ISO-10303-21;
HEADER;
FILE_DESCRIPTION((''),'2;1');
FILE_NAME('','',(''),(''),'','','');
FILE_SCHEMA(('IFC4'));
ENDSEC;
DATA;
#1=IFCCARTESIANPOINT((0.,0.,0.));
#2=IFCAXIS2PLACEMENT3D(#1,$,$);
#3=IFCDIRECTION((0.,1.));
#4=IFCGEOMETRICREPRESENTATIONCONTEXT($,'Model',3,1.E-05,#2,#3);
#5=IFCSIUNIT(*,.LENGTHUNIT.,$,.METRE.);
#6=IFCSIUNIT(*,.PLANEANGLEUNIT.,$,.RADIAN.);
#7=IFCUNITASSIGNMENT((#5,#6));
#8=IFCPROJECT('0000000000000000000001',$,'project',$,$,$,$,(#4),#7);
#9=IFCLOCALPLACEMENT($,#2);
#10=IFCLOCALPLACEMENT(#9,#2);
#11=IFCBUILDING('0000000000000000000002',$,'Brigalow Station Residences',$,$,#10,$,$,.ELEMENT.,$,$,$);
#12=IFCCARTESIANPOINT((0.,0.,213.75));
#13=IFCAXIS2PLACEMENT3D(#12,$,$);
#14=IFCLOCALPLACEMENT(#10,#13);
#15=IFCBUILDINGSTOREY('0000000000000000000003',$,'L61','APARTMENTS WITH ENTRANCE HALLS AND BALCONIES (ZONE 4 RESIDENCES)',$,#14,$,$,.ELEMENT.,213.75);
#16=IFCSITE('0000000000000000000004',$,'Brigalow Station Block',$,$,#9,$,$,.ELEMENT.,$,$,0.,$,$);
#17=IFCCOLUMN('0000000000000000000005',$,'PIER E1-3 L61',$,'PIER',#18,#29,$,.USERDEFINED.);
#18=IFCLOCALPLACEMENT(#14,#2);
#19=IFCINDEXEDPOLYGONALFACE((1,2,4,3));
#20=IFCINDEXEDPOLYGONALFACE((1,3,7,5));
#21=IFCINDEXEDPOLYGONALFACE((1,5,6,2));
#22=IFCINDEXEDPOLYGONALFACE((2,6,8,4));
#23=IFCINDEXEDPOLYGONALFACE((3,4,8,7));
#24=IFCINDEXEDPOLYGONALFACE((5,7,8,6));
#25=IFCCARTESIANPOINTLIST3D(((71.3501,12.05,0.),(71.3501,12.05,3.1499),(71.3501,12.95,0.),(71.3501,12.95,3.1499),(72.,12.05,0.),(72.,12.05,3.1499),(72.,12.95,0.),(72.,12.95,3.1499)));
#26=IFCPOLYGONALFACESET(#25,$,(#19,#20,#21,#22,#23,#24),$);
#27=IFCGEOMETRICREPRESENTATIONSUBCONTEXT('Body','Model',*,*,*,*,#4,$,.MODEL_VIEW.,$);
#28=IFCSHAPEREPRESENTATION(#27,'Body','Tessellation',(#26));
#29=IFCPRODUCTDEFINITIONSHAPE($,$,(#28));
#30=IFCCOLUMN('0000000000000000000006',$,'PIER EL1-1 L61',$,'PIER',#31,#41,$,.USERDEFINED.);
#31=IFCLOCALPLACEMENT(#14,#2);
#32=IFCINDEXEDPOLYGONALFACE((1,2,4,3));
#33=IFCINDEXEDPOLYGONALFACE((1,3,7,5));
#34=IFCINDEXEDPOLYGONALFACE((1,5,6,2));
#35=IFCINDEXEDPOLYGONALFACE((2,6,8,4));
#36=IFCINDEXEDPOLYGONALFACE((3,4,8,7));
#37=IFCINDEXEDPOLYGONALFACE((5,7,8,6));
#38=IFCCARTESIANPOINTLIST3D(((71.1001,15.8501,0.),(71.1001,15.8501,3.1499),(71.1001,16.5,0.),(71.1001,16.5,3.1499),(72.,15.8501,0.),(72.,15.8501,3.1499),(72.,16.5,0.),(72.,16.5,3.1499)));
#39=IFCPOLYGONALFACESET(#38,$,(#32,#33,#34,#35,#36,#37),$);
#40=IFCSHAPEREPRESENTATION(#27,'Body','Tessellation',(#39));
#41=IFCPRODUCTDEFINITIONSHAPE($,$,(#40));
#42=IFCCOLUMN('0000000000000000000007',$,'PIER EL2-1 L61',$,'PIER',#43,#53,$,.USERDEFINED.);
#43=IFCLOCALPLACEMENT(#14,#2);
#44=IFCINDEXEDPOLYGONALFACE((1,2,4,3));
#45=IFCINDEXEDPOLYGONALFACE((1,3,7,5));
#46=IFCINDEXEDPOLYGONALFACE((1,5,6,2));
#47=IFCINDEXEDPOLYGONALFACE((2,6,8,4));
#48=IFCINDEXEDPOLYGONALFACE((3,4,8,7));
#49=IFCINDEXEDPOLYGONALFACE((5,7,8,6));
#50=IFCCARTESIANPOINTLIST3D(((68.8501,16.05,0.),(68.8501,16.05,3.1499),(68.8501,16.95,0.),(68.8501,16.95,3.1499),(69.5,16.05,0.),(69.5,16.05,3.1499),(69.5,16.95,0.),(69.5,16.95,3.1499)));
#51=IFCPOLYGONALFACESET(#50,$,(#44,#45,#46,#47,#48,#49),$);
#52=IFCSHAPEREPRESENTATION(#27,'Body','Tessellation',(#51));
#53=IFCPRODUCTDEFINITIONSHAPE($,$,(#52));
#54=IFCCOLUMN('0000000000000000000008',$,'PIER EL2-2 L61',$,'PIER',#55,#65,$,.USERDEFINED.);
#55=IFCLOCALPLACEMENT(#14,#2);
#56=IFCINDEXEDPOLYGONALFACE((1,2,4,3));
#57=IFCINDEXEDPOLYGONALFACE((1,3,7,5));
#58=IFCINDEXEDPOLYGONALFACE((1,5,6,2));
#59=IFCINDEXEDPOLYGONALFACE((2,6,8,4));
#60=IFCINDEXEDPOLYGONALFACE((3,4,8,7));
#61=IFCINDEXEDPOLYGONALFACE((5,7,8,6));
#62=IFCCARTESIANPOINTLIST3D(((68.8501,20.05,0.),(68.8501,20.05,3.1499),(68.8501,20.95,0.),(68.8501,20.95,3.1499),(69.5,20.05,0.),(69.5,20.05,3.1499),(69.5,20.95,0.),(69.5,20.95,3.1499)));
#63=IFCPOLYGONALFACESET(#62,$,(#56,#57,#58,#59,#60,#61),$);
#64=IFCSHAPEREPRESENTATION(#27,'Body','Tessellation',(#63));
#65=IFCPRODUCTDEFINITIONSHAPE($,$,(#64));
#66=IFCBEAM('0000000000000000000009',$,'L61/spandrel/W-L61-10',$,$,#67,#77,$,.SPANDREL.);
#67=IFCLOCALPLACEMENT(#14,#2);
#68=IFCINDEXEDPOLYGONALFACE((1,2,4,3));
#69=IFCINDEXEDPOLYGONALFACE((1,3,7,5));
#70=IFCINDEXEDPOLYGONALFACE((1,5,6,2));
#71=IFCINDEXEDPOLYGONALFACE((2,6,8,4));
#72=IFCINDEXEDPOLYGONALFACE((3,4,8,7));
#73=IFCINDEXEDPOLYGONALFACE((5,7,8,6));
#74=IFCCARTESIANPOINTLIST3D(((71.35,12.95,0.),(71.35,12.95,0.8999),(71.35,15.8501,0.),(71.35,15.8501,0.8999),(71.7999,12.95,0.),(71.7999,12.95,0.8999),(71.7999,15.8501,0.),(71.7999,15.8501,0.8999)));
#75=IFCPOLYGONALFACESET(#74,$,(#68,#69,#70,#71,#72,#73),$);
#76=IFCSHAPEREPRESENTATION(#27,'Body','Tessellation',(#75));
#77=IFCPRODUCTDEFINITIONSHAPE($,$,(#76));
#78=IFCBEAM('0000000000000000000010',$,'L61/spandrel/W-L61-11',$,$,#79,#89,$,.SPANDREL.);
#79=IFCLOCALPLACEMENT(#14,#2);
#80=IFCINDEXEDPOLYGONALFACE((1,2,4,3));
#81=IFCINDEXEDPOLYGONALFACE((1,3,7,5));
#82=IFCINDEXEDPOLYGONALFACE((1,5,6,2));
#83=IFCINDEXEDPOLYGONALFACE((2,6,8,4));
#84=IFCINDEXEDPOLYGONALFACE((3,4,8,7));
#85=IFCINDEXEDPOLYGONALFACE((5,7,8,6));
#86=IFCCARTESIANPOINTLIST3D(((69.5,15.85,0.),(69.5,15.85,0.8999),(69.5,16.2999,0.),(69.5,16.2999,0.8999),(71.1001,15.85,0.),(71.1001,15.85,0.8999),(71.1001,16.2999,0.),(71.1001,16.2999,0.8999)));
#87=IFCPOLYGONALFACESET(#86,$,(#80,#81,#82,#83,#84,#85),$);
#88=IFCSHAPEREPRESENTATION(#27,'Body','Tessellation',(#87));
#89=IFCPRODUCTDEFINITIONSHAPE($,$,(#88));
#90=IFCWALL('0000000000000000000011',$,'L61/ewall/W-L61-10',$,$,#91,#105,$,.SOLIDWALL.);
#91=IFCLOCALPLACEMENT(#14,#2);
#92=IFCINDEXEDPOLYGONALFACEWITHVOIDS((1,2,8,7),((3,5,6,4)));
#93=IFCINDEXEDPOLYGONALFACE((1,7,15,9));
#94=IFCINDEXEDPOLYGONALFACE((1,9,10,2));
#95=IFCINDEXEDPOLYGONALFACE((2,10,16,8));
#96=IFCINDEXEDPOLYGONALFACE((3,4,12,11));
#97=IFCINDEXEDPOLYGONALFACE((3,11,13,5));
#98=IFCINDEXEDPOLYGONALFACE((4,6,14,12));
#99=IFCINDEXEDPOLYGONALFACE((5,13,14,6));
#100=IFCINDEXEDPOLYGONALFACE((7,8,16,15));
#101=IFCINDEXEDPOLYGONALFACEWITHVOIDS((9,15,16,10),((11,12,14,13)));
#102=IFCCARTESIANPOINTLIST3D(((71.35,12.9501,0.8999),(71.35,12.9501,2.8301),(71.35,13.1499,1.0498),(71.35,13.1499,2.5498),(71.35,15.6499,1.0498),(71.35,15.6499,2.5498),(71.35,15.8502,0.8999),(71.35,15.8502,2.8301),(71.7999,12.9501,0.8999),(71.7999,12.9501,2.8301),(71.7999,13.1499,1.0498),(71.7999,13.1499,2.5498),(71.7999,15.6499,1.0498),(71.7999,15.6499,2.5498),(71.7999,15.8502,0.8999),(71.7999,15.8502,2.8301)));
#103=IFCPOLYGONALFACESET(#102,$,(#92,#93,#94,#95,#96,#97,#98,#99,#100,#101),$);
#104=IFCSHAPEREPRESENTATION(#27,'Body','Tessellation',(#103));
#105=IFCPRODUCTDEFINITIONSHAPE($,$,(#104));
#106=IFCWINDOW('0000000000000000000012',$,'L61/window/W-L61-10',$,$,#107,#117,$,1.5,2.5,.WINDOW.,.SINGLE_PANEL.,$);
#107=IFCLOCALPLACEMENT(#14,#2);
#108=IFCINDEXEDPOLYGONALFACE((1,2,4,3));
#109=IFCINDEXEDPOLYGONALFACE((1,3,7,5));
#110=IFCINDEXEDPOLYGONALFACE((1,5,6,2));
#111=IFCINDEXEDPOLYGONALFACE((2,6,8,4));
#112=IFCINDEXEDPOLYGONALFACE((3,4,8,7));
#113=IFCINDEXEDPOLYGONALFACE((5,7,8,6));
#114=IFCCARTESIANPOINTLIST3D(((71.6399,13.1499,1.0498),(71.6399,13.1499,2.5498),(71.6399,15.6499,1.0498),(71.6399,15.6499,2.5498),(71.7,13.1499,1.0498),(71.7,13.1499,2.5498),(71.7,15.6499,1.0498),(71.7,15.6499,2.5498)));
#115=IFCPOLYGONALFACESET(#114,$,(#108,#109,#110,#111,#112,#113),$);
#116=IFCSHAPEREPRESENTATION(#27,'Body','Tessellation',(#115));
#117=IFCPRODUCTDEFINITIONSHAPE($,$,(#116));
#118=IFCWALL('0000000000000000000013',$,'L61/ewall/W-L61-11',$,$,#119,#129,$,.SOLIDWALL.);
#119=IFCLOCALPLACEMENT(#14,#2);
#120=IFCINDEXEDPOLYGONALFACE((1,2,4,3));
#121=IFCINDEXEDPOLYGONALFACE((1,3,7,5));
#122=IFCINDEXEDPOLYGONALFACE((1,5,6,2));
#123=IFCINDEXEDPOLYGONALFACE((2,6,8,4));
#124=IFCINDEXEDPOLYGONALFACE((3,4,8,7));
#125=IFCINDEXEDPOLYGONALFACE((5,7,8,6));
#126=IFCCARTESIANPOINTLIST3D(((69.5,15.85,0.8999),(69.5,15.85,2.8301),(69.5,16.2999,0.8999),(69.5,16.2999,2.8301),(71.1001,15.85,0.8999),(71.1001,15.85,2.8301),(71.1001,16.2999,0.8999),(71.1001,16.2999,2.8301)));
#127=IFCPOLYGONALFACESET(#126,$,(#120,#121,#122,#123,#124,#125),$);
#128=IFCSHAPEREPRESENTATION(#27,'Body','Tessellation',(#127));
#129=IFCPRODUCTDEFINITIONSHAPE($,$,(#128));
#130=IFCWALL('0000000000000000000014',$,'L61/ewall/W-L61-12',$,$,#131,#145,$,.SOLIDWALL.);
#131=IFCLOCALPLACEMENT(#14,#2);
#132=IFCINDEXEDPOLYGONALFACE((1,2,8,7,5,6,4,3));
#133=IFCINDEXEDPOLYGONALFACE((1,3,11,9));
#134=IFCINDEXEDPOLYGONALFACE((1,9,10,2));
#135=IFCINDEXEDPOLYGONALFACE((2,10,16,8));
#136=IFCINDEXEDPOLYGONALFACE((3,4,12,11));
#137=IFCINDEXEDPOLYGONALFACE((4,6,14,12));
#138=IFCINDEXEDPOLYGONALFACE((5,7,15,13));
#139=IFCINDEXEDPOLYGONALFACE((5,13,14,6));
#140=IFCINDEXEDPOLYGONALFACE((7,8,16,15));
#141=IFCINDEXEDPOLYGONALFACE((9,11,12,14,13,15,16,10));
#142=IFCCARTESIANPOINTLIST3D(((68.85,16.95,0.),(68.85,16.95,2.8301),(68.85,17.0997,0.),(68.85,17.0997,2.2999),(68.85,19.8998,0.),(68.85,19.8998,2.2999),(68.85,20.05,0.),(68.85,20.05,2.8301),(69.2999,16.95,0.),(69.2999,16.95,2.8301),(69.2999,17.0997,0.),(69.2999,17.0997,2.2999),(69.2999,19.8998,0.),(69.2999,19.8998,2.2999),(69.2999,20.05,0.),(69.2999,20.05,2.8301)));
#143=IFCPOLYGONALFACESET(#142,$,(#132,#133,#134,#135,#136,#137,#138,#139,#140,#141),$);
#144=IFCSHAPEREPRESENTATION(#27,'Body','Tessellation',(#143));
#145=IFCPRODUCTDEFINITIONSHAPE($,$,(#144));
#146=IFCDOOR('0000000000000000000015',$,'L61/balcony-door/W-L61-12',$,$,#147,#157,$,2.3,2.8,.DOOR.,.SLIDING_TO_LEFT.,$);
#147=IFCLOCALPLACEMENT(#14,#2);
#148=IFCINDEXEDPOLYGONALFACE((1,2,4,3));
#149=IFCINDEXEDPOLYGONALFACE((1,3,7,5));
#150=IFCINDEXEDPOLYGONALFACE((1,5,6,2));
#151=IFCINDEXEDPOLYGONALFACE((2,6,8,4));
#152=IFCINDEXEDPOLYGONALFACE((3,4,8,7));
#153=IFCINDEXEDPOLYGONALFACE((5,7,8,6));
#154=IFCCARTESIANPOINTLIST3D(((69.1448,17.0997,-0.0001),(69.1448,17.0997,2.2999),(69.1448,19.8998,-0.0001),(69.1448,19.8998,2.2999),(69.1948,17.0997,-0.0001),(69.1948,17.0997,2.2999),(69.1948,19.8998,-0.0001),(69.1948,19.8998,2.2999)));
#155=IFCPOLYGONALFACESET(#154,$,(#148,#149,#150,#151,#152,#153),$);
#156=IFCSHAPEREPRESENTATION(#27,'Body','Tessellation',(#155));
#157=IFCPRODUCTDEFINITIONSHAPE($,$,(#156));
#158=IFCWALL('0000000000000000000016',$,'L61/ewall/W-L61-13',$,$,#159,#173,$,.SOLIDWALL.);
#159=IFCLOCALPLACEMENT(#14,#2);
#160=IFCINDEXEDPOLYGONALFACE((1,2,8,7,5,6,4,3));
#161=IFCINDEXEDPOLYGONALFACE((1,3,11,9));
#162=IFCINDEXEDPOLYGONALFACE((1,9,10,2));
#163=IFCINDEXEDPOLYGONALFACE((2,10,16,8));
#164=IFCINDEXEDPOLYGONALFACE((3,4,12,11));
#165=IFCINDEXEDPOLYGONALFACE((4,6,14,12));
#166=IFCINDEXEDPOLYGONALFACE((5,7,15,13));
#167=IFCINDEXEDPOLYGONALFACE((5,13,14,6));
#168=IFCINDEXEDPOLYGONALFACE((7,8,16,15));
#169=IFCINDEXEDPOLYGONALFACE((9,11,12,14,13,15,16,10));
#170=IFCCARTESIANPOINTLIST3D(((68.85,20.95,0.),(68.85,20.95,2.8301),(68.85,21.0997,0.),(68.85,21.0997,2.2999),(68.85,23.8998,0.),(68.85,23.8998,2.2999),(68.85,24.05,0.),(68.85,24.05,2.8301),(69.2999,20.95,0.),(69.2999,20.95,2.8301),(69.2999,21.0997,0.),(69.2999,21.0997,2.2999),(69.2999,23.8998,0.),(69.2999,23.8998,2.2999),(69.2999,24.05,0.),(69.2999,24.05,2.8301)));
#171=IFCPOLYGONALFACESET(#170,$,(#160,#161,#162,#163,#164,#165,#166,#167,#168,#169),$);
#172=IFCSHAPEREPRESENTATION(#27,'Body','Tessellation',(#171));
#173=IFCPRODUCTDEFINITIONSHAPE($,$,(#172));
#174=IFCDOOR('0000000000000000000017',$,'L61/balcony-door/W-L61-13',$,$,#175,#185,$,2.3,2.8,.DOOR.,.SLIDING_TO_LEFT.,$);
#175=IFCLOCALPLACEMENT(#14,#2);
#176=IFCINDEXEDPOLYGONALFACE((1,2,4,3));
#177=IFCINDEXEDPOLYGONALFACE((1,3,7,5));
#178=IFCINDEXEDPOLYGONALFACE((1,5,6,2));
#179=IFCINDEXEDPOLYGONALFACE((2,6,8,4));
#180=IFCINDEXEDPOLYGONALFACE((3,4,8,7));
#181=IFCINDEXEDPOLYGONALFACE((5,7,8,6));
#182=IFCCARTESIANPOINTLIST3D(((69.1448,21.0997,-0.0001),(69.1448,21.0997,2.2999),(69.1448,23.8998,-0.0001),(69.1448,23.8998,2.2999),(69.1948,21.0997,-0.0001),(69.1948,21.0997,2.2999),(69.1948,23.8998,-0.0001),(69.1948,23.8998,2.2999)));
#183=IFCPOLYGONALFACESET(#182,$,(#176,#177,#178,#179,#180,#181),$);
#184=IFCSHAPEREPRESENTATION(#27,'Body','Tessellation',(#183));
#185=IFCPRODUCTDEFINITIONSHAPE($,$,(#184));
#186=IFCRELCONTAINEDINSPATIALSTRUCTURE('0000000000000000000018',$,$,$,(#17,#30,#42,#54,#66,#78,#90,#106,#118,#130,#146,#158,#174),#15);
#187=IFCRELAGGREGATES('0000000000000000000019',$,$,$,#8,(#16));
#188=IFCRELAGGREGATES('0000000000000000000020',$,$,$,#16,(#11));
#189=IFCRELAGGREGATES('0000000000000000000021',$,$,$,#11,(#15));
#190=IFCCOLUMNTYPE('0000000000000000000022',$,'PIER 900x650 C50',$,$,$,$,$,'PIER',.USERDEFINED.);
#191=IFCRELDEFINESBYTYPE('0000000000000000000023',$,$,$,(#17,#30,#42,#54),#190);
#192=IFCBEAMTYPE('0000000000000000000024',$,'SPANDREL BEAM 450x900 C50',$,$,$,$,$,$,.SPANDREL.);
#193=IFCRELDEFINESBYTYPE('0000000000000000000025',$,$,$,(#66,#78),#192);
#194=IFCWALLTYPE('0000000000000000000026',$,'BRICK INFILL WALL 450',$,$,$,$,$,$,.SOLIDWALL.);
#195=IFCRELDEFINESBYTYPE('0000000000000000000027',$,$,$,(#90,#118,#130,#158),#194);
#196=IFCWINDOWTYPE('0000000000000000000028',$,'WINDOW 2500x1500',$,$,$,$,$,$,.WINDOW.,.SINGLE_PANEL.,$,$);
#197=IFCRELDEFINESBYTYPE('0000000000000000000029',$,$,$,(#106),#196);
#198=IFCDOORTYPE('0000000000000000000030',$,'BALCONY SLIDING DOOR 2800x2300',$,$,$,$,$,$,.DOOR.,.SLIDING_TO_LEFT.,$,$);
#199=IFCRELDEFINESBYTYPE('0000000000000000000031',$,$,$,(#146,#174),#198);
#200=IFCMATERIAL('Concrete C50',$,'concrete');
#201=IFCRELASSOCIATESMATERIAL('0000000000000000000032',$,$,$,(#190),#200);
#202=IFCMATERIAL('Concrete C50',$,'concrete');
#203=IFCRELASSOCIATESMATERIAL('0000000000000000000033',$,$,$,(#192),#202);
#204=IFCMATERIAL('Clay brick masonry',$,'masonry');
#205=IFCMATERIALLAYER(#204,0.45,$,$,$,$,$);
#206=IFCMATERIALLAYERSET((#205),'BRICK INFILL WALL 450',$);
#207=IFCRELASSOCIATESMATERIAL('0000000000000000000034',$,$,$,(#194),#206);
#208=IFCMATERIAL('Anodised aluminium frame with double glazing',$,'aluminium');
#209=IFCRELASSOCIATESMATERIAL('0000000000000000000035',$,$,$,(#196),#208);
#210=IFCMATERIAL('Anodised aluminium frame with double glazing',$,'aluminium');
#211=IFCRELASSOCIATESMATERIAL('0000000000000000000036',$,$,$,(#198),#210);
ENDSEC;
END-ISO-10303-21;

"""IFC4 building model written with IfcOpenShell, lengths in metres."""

from ifc_helpers import new_model, si_unit, direction, frame, frame_2d, origin, origin_2d, place, context, subcontext, project, spatial, rectangle, extrude, material, layer, layer_set, material_profile, profile_set, type_object, element, fill, save


model = new_model("IFC4")

# Units and contexts
model_context = context("Model", 3, precision=1e-05, world=origin(), true_north=direction((0.0, 1.0)))
body_context = subcontext(model_context, "Body", "Model", "MODEL_VIEW")
ifc_project = project(units=[si_unit("LENGTHUNIT", "METRE"), si_unit("PLANEANGLEUNIT", "RADIAN")], contexts=[model_context])

# Site, building, storey
site_placement = place(None, origin())
site = spatial("IfcSite", under=ifc_project, at=site_placement, Name="Brigalow Station Block", CompositionType="ELEMENT", RefElevation=0.0)
building_placement = place(site_placement, origin())
building = spatial("IfcBuilding", under=site, at=building_placement, Name="Brigalow Station Residences", CompositionType="ELEMENT")
storey_placement = place(building_placement, frame((0.0, 0.0, 213.75)))
storey = spatial("IfcBuildingStorey", under=building, at=storey_placement, Name="L61", Description="APARTMENTS WITH ENTRANCE HALLS AND BALCONIES (ZONE 4 RESIDENCES)", CompositionType="ELEMENT", Elevation=213.75)

# Columns
ifc_material_1 = material(Name="Concrete C50", Category="concrete")
ifc_material_profile_1 = material_profile(ifc_material_1, rectangle(XDim=0.8999, YDim=0.6499, at=origin_2d()), Name="RC900x650")
ifc_profile_set_1 = profile_set([ifc_material_profile_1], Name="Concrete C50")
column_type = type_object("IfcColumnType", Name="PIER 900x650 C50", ElementType="PIER", PredefinedType="USERDEFINED", material=ifc_profile_set_1)
for number, where, z_axis, x_axis, name in (
    (1, (71.675, 12.5, 0.0), (0.0, 0.0, 1.0), (0.0, 1.0, 0.0), "PIER E1-3 L61"),
    (2, (71.55, 16.175, 0.0), (0.0, 0.0, 1.0), (-1.0, 0.0, 0.0), "PIER EL1-1 L61"),
    (3, (69.175, 16.5, 0.0), (0.0, 0.0, 1.0), (0.0, 1.0, 0.0), "PIER EL2-1 L61"),
    (4, (69.175, 20.5, 0.0), (0.0, 0.0, 1.0), (0.0, 1.0, 0.0), "PIER EL2-2 L61"),
):
    element("IfcColumn", number, at=place(storey_placement, frame(where, z_axis=z_axis, x_axis=x_axis)), inside=storey, type_object=column_type, Name=name, ObjectType="PIER", PredefinedType="USERDEFINED", context=body_context, shape_type="SweptSolid", body=[
        extrude(rectangle(XDim=0.8999, YDim=0.6499, at=origin_2d()), origin(), (0.0, 0.0, 1.0), 3.1499),
    ])

# Beams
ifc_material_2 = material(Name="Concrete C50", Category="concrete")
ifc_material_profile_2 = material_profile(ifc_material_2, rectangle(XDim=0.45, YDim=0.8999, at=origin_2d()), Name="RC450x900")
ifc_profile_set_2 = profile_set([ifc_material_profile_2], Name="Concrete C50")
beam_type = type_object("IfcBeamType", Name="SPANDREL BEAM 450x900 C50", PredefinedType="SPANDREL", material=ifc_profile_set_2)
beam_1_placement = place(storey_placement, frame((71.575, 12.95, 0.45), z_axis=(0.0, 1.0, 0.0), x_axis=(-1.0, 0.0, 0.0)))
element("IfcBeam", 5, at=beam_1_placement, inside=storey, type_object=beam_type, Name="L61/spandrel/W-L61-10", PredefinedType="SPANDREL", context=body_context, shape_type="SweptSolid", body=[
    extrude(rectangle(XDim=0.45, YDim=0.8999, at=origin_2d()), origin(), (0.0, 0.0, 1.0), 2.9001),
])
beam_2_placement = place(storey_placement, frame((71.1001, 16.075, 0.45), z_axis=(-1.0, 0.0, 0.0), x_axis=(0.0, -1.0, 0.0)))
element("IfcBeam", 6, at=beam_2_placement, inside=storey, type_object=beam_type, Name="L61/spandrel/W-L61-11", PredefinedType="SPANDREL", context=body_context, shape_type="SweptSolid", body=[
    extrude(rectangle(XDim=0.45, YDim=0.8999, at=origin_2d()), origin(), (0.0, 0.0, 1.0), 1.6001),
])

# Wall, opening, window
ifc_material_3 = material(Name="Clay brick masonry", Category="masonry")
ifc_layer_1 = layer(ifc_material_3, 0.45)
ifc_layer_set_1 = layer_set([ifc_layer_1], Name="BRICK INFILL WALL 450")
wall_type_1 = type_object("IfcWallType", Name="BRICK INFILL WALL 450", PredefinedType="SOLIDWALL", material=ifc_layer_set_1)
wall_1_placement = place(storey_placement, frame((71.575, 12.95, 0.8999), z_axis=(0.0, 0.0, 1.0), x_axis=(0.0, 1.0, 0.0)))
wall_1 = element("IfcWall", 7, at=wall_1_placement, inside=storey, type_object=wall_type_1, Name="L61/ewall/W-L61-10", PredefinedType="SOLIDWALL", context=body_context, shape_type="SweptSolid", body=[
    extrude(rectangle(XDim=2.9001, YDim=0.45, at=frame_2d((1.4502, 0.0))), origin(), (0.0, 0.0, 1.0), 1.9302),
])
opening_1_placement = place(wall_1_placement, frame((0.2, 0.0, 0.1499)))
opening_1 = element("IfcOpeningElement", 8, at=opening_1_placement, cuts=wall_1, PredefinedType="OPENING", context=body_context, shape_type="SweptSolid", body=[
    extrude(rectangle(XDim=2.5, YDim=1.5, at=frame_2d((1.25, 0.75))), frame((0.0, 0.2349, 0.0), z_axis=(0.0, -1.0, 0.0), x_axis=(1.0, 0.0, 0.0)), (0.0, 0.0, 1.0), 0.47),
])
ifc_material_4 = material(Name="Anodised aluminium frame with double glazing", Category="aluminium")
window_type = type_object("IfcWindowType", Name="WINDOW 2500x1500", PartitioningType="SINGLE_PANEL", PredefinedType="WINDOW", material=ifc_material_4)
window_placement = place(opening_1_placement, origin())
window = element("IfcWindow", 9, at=window_placement, inside=storey, type_object=window_type, Name="L61/window/W-L61-10", OverallHeight=1.5, OverallWidth=2.5, PartitioningType="SINGLE_PANEL", PredefinedType="WINDOW", context=body_context, shape_type="SweptSolid", body=[
    extrude(rectangle(XDim=2.5, YDim=1.5, at=frame_2d((1.25, 0.75))), frame((0.0, -0.0649, 0.0), z_axis=(0.0, -1.0, 0.0), x_axis=(1.0, 0.0, 0.0)), (0.0, 0.0, 1.0), 0.0601),
])
fill(opening_1, window)

# Wall
wall_2_placement = place(storey_placement, frame((71.1001, 16.075, 0.8999), z_axis=(0.0, 0.0, 1.0), x_axis=(-1.0, 0.0, 0.0)))
element("IfcWall", 10, at=wall_2_placement, inside=storey, type_object=wall_type_1, Name="L61/ewall/W-L61-11", PredefinedType="SOLIDWALL", context=body_context, shape_type="SweptSolid", body=[
    extrude(rectangle(XDim=1.6001, YDim=0.45, at=frame_2d((0.8, 0.0))), origin(), (0.0, 0.0, 1.0), 1.9302),
])

# Walls, openings, doors
wall_3_placement = place(storey_placement, frame((69.075, 16.95, 0.0), z_axis=(0.0, 0.0, 1.0), x_axis=(0.0, 1.0, 0.0)))
wall_3 = element("IfcWall", 11, at=wall_3_placement, inside=storey, type_object=wall_type_1, Name="L61/ewall/W-L61-12", PredefinedType="SOLIDWALL", context=body_context, shape_type="SweptSolid", body=[
    extrude(rectangle(XDim=3.1001, YDim=0.45, at=frame_2d((1.55, 0.0))), origin(), (0.0, 0.0, 1.0), 2.8301),
])
opening_2_placement = place(wall_3_placement, frame((0.1499, 0.0, 0.0)))
opening_2 = element("IfcOpeningElement", 12, at=opening_2_placement, cuts=wall_3, PredefinedType="OPENING", context=body_context, shape_type="SweptSolid", body=[
    extrude(rectangle(XDim=2.8, YDim=2.3, at=frame_2d((1.3999, 1.1499))), frame((0.0, 0.2349, 0.0), z_axis=(0.0, -1.0, 0.0), x_axis=(1.0, 0.0, 0.0)), (0.0, 0.0, 1.0), 0.47),
])
ifc_material_5 = material(Name="Anodised aluminium frame with double glazing", Category="aluminium")
door_type = type_object("IfcDoorType", Name="BALCONY SLIDING DOOR 2800x2300", OperationType="SLIDING_TO_LEFT", PredefinedType="DOOR", material=ifc_material_5)
door_1_placement = place(opening_2_placement, origin())
door_1 = element("IfcDoor", 13, at=door_1_placement, inside=storey, type_object=door_type, Name="L61/balcony-door/W-L61-12", OperationType="SLIDING_TO_LEFT", OverallHeight=2.3, OverallWidth=2.8, PredefinedType="DOOR", context=body_context, shape_type="SweptSolid", body=[
    extrude(rectangle(XDim=2.8, YDim=2.3, at=frame_2d((1.3999, 1.1499))), frame((0.0, -0.0698, 0.0), z_axis=(0.0, -1.0, 0.0), x_axis=(1.0, 0.0, 0.0)), (0.0, 0.0, 1.0), 0.05),
])
fill(opening_2, door_1)
wall_4_placement = place(storey_placement, frame((69.075, 20.95, 0.0), z_axis=(0.0, 0.0, 1.0), x_axis=(0.0, 1.0, 0.0)))
wall_4 = element("IfcWall", 14, at=wall_4_placement, inside=storey, type_object=wall_type_1, Name="L61/ewall/W-L61-13", PredefinedType="SOLIDWALL", context=body_context, shape_type="SweptSolid", body=[
    extrude(rectangle(XDim=3.1001, YDim=0.45, at=frame_2d((1.55, 0.0))), origin(), (0.0, 0.0, 1.0), 2.8301),
])
opening_3_placement = place(wall_4_placement, frame((0.1499, 0.0, 0.0)))
opening_3 = element("IfcOpeningElement", 15, at=opening_3_placement, cuts=wall_4, PredefinedType="OPENING", context=body_context, shape_type="SweptSolid", body=[
    extrude(rectangle(XDim=2.8, YDim=2.3, at=frame_2d((1.3999, 1.1499))), frame((0.0, 0.2349, 0.0), z_axis=(0.0, -1.0, 0.0), x_axis=(1.0, 0.0, 0.0)), (0.0, 0.0, 1.0), 0.47),
])
door_2_placement = place(opening_3_placement, origin())
door_2 = element("IfcDoor", 16, at=door_2_placement, inside=storey, type_object=door_type, Name="L61/balcony-door/W-L61-13", OperationType="SLIDING_TO_LEFT", OverallHeight=2.3, OverallWidth=2.8, PredefinedType="DOOR", context=body_context, shape_type="SweptSolid", body=[
    extrude(rectangle(XDim=2.8, YDim=2.3, at=frame_2d((1.3999, 1.1499))), frame((0.0, -0.0698, 0.0), z_axis=(0.0, -1.0, 0.0), x_axis=(1.0, 0.0, 0.0)), (0.0, 0.0, 1.0), 0.05),
])
fill(opening_3, door_2)

save(model, "model.ifc")
